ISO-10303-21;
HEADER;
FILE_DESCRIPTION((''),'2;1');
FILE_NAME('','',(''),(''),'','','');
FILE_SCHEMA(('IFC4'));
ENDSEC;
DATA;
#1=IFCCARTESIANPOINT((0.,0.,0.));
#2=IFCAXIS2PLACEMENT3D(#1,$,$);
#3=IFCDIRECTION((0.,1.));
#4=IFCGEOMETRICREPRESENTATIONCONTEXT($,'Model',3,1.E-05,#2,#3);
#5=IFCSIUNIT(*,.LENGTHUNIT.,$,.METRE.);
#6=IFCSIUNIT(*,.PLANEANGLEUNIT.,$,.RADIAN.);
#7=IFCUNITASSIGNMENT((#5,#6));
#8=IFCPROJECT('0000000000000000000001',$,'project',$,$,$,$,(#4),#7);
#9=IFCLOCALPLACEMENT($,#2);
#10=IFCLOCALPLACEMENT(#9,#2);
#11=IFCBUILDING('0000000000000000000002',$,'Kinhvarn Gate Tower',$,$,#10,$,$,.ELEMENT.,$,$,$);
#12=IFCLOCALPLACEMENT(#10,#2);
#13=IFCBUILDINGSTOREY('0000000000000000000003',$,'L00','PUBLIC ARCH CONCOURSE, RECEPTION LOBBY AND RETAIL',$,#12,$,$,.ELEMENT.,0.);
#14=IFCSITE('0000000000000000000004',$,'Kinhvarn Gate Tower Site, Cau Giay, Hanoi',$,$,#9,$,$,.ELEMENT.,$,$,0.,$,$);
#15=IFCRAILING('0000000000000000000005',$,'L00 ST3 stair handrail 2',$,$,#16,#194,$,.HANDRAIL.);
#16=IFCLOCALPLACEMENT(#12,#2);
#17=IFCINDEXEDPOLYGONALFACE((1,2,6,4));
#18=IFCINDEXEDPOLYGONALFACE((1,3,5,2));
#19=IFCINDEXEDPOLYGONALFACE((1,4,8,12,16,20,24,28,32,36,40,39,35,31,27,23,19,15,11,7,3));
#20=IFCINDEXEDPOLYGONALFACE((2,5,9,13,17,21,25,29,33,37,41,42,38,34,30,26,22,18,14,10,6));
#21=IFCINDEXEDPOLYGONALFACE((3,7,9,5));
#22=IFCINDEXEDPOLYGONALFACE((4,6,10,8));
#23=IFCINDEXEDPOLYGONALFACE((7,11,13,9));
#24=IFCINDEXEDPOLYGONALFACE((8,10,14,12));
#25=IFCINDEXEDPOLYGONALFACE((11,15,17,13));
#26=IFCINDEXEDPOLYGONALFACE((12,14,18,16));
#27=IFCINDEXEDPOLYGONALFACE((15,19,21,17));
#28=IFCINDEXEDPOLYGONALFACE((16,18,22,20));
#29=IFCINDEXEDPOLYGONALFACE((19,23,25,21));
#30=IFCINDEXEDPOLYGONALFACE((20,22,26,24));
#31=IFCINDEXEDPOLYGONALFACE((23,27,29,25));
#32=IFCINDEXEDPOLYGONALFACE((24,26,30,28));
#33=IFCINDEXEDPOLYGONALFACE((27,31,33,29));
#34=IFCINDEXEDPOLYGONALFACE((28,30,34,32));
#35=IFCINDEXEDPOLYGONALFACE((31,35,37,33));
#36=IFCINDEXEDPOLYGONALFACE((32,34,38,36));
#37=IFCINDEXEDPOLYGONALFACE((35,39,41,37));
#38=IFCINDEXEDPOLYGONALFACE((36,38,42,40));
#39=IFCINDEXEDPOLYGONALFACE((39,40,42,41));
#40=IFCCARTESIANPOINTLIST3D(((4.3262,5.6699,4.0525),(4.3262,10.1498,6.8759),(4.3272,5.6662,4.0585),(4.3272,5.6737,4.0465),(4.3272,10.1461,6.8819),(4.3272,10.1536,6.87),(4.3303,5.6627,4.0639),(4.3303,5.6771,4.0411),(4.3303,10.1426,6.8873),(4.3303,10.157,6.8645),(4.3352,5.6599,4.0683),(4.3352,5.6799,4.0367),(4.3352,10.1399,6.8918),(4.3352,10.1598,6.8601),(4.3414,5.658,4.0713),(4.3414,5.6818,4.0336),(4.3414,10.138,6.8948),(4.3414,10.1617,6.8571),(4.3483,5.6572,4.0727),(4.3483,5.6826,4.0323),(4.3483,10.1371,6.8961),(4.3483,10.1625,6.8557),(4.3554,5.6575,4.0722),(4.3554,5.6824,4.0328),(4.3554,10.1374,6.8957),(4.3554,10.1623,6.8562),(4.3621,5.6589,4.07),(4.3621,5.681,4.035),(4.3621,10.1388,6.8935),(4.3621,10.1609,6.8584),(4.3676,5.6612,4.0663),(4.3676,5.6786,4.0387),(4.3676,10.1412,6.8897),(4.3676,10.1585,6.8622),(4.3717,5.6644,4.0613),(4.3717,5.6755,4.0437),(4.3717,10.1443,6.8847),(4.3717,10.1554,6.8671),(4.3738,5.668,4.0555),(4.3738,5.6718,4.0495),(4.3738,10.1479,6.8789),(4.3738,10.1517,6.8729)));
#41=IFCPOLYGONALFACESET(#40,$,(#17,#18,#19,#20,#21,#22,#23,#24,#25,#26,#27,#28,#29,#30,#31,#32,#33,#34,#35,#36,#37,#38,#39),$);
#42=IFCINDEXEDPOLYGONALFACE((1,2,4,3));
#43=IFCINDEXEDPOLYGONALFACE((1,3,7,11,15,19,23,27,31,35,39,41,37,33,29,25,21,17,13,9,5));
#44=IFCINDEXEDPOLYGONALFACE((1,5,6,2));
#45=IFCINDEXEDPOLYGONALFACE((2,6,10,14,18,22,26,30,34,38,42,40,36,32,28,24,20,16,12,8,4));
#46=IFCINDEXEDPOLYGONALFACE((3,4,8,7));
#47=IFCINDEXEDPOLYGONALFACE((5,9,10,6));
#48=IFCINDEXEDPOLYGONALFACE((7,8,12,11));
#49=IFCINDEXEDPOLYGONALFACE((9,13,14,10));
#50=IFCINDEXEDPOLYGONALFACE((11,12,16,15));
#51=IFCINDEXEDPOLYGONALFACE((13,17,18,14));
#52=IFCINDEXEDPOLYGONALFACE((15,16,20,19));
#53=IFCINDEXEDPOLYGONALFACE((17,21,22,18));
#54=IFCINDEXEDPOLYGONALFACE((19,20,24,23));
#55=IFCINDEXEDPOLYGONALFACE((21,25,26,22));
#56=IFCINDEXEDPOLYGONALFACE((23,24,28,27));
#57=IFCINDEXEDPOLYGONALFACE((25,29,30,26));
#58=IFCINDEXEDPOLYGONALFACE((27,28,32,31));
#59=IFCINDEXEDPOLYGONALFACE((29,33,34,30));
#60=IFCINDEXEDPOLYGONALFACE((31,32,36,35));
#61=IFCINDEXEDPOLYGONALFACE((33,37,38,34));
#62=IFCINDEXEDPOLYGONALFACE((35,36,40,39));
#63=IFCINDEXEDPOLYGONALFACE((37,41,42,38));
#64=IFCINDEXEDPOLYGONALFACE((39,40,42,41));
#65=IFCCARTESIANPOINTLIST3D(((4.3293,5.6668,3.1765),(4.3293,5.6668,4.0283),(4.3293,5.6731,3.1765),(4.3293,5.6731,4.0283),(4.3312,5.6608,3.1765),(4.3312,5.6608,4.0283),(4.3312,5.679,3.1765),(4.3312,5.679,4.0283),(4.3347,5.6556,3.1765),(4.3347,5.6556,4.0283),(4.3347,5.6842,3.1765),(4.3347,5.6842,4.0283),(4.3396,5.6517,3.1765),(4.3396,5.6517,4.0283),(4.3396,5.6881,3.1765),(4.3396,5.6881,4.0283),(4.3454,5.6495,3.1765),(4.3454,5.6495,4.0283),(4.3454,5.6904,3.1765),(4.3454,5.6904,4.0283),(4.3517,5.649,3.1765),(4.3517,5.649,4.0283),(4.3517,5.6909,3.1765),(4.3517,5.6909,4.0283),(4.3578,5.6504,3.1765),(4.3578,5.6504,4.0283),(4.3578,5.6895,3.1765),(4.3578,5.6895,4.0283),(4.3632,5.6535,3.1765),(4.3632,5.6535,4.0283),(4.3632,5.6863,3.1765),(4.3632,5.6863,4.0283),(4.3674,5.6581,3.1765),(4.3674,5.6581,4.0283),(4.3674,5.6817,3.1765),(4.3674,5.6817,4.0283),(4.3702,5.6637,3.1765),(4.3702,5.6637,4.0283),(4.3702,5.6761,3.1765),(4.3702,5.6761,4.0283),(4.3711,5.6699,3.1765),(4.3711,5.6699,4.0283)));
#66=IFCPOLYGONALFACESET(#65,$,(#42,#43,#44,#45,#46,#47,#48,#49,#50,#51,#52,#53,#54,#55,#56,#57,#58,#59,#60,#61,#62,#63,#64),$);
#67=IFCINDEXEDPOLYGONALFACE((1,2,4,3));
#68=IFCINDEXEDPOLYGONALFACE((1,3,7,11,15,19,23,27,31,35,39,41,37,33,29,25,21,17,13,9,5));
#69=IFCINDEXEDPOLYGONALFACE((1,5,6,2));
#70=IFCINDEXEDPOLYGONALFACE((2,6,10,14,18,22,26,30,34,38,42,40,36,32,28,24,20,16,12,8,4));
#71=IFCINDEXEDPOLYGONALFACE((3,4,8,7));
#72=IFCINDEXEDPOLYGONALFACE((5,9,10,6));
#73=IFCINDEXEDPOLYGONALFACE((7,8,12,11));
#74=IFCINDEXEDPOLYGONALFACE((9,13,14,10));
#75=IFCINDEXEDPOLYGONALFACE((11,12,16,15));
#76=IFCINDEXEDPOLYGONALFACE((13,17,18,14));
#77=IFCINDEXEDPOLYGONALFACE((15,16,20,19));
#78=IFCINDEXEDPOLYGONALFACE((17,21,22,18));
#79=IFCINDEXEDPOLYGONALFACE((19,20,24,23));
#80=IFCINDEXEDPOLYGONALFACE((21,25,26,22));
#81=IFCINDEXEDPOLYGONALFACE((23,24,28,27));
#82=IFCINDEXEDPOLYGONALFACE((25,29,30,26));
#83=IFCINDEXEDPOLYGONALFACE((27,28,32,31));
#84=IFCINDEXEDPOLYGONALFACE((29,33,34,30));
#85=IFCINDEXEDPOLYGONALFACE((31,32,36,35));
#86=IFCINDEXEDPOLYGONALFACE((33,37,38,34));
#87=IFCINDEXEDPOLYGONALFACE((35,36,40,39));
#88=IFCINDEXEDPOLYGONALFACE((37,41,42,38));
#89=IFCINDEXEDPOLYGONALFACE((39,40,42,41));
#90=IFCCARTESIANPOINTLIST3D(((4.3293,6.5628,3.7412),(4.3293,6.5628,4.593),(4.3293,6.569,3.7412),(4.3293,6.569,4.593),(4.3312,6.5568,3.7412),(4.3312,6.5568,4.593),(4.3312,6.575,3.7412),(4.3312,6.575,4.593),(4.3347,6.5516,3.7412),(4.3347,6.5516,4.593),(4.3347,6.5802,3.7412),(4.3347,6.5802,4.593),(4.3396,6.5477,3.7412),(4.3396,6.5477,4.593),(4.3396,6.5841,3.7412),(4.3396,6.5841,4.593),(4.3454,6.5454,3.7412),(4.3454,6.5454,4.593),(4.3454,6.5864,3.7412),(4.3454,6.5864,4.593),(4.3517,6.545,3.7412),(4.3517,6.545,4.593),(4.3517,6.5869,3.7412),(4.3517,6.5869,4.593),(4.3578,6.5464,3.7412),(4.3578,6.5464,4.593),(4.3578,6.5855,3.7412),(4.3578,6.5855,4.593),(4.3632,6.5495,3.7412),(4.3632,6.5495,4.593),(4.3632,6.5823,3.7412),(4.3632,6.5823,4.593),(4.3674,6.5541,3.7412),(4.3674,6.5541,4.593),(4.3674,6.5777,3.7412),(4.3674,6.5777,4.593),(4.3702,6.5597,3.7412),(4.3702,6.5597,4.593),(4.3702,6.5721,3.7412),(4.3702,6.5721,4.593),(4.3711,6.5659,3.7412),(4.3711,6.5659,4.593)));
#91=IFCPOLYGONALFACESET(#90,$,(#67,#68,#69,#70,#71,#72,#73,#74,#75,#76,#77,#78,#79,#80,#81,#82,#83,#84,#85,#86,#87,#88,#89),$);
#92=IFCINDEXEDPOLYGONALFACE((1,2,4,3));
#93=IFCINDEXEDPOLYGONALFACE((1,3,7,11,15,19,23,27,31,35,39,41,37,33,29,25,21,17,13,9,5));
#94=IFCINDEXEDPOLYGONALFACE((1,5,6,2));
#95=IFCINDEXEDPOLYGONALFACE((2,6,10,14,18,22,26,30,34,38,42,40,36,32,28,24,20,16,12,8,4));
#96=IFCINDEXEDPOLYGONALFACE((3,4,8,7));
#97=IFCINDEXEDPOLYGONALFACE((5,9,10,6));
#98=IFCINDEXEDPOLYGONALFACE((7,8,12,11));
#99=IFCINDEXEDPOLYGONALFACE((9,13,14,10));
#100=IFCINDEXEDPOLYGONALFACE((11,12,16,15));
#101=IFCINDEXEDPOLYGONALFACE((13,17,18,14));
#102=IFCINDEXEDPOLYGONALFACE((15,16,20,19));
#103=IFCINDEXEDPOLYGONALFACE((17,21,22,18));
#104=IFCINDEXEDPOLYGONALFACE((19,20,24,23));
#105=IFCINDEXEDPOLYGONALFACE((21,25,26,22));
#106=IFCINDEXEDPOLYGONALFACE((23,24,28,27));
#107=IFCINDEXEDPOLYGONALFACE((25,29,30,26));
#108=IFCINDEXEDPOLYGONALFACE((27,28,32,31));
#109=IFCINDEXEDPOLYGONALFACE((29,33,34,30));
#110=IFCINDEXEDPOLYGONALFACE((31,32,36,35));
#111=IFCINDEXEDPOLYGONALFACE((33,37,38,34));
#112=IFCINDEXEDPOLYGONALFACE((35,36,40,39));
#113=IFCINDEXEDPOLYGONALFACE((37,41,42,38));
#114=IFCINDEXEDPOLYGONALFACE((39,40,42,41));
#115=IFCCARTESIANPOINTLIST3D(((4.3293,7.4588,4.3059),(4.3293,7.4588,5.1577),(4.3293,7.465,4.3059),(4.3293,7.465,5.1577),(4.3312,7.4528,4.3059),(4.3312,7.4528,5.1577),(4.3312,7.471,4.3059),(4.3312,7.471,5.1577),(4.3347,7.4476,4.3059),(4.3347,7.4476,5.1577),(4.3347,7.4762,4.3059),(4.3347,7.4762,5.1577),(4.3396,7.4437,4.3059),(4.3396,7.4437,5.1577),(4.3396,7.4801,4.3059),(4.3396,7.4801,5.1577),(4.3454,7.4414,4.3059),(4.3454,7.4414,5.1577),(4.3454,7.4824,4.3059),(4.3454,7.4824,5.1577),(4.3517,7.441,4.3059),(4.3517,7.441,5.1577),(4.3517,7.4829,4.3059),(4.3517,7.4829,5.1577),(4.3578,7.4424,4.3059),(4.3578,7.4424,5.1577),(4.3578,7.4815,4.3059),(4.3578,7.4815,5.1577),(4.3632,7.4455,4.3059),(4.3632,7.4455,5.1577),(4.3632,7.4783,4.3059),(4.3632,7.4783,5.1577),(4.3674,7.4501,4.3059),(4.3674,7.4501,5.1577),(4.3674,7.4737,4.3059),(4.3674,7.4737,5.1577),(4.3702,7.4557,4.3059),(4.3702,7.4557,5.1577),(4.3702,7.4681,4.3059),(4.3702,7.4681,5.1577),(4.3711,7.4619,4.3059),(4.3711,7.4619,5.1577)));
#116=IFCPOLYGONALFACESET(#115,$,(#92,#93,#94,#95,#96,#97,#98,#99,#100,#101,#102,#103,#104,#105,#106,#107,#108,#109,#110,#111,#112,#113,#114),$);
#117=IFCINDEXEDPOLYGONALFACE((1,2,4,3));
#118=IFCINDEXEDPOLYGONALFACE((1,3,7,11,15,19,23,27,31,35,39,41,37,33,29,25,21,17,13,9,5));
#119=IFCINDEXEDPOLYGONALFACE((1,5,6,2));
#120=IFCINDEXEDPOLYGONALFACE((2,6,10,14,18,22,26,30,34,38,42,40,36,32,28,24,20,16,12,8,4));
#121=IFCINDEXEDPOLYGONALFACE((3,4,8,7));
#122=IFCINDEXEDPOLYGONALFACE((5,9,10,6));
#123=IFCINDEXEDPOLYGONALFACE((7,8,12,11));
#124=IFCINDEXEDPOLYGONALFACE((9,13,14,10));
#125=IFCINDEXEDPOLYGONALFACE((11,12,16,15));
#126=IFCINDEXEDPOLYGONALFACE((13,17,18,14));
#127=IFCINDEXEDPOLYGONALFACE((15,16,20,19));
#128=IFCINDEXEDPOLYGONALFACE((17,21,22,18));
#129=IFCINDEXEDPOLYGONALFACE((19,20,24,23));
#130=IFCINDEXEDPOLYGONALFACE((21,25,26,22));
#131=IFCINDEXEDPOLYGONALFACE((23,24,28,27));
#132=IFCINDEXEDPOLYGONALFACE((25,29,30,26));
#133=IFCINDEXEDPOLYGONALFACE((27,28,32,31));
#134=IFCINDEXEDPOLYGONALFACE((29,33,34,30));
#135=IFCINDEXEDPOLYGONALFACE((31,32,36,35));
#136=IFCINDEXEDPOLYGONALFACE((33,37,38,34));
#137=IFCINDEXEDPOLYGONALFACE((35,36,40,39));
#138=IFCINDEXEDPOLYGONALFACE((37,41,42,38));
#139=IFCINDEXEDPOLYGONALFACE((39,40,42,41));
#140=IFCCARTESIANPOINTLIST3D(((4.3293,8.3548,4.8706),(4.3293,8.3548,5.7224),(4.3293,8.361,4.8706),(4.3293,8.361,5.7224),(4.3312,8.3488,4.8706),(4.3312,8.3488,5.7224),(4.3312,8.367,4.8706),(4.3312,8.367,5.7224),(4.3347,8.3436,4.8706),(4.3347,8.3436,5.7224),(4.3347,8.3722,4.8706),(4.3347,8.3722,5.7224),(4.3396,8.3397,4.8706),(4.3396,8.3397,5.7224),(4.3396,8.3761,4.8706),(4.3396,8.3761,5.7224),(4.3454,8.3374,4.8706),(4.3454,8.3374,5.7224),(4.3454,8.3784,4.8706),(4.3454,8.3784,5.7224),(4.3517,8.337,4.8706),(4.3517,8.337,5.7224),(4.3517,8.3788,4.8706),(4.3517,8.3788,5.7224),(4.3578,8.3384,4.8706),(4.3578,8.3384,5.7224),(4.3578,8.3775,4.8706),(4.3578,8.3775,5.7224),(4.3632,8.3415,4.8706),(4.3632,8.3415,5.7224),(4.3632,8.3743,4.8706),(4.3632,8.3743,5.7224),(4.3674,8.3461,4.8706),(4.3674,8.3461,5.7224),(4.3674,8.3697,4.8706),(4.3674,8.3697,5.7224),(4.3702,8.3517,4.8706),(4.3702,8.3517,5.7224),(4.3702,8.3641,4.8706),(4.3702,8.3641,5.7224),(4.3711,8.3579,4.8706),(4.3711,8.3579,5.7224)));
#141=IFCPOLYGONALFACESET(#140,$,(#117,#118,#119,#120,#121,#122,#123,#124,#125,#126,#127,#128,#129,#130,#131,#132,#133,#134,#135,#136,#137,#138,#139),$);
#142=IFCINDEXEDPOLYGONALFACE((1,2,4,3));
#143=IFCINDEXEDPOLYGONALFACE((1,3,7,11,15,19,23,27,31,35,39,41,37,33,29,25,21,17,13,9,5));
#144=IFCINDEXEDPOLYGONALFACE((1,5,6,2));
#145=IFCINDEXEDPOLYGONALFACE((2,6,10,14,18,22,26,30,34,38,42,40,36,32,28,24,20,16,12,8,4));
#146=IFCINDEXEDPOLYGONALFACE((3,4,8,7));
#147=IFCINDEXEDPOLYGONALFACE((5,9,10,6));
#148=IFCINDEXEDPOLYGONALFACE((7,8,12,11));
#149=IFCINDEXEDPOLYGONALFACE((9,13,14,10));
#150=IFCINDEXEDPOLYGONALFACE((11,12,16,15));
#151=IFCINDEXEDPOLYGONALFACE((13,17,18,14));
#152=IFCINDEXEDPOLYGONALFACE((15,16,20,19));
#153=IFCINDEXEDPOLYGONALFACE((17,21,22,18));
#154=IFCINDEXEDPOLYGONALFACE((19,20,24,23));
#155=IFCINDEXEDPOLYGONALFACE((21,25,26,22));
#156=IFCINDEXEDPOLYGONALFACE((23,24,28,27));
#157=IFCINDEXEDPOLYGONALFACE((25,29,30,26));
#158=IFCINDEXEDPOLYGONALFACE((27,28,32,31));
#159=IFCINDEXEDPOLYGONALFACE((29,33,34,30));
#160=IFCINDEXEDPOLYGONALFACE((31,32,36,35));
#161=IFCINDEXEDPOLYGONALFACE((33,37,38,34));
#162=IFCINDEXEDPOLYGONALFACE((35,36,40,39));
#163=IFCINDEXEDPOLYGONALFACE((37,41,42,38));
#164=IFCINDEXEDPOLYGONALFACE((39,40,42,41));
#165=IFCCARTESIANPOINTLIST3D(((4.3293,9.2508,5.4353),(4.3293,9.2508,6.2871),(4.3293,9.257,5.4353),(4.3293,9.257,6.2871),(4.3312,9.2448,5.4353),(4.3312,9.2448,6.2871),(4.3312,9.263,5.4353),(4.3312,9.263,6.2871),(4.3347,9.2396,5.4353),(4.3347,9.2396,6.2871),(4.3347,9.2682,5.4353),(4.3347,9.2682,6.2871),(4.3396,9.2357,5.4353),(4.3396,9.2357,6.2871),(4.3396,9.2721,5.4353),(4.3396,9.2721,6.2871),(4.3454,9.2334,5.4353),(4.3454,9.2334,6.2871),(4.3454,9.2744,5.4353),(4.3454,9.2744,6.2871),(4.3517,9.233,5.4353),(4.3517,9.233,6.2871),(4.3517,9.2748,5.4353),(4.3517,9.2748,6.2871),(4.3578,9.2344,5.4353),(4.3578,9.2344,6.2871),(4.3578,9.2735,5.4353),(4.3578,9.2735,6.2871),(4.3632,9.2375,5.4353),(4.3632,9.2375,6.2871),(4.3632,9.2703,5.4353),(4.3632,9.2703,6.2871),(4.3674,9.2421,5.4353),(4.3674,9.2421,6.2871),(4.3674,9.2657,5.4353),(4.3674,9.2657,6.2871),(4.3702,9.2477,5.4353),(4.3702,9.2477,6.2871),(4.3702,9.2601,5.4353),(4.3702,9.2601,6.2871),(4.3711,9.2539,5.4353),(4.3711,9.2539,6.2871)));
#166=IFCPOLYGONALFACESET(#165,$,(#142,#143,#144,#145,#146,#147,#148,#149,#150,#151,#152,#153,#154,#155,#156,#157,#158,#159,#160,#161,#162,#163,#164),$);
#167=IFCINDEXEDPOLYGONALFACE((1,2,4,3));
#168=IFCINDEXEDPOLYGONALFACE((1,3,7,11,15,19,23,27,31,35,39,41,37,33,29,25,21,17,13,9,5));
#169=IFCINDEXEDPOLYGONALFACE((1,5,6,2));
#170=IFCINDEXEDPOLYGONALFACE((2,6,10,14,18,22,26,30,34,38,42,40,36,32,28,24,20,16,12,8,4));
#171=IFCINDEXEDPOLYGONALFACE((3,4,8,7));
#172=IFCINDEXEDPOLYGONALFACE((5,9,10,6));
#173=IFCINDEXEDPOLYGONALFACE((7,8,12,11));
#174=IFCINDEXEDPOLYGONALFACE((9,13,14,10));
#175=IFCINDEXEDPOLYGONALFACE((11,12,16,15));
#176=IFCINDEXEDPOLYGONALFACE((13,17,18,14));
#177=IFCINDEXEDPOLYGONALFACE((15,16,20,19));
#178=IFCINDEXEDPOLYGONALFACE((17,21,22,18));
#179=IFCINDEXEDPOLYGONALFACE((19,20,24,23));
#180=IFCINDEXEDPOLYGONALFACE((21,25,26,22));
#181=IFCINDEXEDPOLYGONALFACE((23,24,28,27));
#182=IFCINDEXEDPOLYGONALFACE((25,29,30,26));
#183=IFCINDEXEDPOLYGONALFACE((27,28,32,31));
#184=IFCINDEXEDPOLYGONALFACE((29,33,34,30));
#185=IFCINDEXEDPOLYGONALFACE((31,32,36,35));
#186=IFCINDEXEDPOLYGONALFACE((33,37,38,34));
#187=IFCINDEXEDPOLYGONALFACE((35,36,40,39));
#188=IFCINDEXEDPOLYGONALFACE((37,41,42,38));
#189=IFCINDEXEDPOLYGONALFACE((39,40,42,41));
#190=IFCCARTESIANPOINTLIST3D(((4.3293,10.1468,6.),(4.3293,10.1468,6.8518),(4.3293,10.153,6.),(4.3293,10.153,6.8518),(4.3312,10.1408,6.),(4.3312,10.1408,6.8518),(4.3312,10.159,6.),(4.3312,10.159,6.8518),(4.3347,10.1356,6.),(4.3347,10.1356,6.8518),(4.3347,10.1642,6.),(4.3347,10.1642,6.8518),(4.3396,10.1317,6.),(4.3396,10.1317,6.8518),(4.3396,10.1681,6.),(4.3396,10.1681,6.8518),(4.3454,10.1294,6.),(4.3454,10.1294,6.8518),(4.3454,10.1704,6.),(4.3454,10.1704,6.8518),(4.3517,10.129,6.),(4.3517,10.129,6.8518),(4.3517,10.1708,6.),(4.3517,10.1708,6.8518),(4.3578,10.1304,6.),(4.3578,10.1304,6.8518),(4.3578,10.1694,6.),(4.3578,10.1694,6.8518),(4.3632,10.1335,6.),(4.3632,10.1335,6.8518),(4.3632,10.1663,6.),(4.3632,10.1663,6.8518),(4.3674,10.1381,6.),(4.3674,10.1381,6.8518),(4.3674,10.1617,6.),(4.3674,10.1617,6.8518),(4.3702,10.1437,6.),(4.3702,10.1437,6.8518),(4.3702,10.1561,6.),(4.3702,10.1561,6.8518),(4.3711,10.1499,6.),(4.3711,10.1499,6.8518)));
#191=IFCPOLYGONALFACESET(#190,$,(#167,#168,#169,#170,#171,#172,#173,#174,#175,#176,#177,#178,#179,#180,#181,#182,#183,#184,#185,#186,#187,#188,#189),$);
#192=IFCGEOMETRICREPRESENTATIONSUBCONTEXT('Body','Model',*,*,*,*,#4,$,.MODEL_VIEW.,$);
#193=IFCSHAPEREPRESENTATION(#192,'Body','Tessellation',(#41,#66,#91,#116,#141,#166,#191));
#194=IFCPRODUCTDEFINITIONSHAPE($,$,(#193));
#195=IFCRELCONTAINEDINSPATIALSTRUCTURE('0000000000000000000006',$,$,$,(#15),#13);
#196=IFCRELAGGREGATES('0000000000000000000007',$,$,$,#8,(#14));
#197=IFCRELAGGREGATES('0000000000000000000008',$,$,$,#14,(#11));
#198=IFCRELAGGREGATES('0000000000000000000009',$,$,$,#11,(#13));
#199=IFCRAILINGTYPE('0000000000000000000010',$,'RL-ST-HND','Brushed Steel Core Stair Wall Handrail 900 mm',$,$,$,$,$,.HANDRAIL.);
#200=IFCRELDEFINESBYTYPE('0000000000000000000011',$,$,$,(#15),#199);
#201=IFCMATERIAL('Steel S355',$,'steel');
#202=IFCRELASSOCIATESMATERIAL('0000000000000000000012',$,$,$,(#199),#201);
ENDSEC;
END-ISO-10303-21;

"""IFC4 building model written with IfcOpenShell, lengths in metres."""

from ifc_helpers import new_model, si_unit, direction, frame, origin, origin_2d, place, context, subcontext, project, spatial, circle, extrude, material, type_object, element, save


model = new_model("IFC4")

# Units and contexts
model_context = context("Model", 3, precision=1e-05, world=origin(), true_north=direction((0.0, 1.0)))
body_context = subcontext(model_context, "Body", "Model", "MODEL_VIEW")
ifc_project = project(units=[si_unit("LENGTHUNIT", "METRE"), si_unit("PLANEANGLEUNIT", "RADIAN")], contexts=[model_context])

# Site, building, storey
site_placement = place(None, origin())
site = spatial("IfcSite", under=ifc_project, at=site_placement, Name="Kinhvarn Gate Tower Site, Cau Giay, Hanoi", CompositionType="ELEMENT", RefElevation=0.0)
building_placement = place(site_placement, origin())
building = spatial("IfcBuilding", under=site, at=building_placement, Name="Kinhvarn Gate Tower", CompositionType="ELEMENT")
storey_placement = place(building_placement, origin())
storey = spatial("IfcBuildingStorey", under=building, at=storey_placement, Name="L00", Description="PUBLIC ARCH CONCOURSE, RECEPTION LOBBY AND RETAIL", CompositionType="ELEMENT", Elevation=0.0)

# Railing
ifc_material_1 = material(Name="Steel S355", Category="steel")
railing_type_1 = type_object("IfcRailingType", Name="RL-ST-HND", Description="Brushed Steel Core Stair Wall Handrail 900 mm", PredefinedType="HANDRAIL", material=ifc_material_1)
railing_1_placement = place(storey_placement, frame((4.3501, 5.6699, 3.1765)))
element("IfcRailing", 1, at=railing_1_placement, inside=storey, type_object=railing_type_1, Name="L00 ST3 stair handrail 2", PredefinedType="HANDRAIL", context=body_context, shape_type="SweptSolid", body=[
    extrude(circle(Radius=0.0239, at=origin_2d()), frame((0.0, 0.0, 0.876), z_axis=(0.0, 0.845998, 0.533186), x_axis=(-1.0, 0.0, 0.0)), (0.0, 0.0, 1.0), 5.2954),
    extrude(circle(Radius=0.021, at=origin_2d()), origin(), (0.0, 0.0, 1.0), 0.8518),
    extrude(circle(Radius=0.021, at=origin_2d()), frame((0.0, 0.896, 0.5647)), (0.0, 0.0, 1.0), 0.8518),
    extrude(circle(Radius=0.021, at=origin_2d()), frame((0.0, 1.792, 1.1294)), (0.0, 0.0, 1.0), 0.8518),
    extrude(circle(Radius=0.021, at=origin_2d()), frame((0.0, 2.688, 1.6941)), (0.0, 0.0, 1.0), 0.8518),
    extrude(circle(Radius=0.021, at=origin_2d()), frame((0.0, 3.584, 2.2588)), (0.0, 0.0, 1.0), 0.8518),
    extrude(circle(Radius=0.021, at=origin_2d()), frame((0.0, 4.48, 2.8235)), (0.0, 0.0, 1.0), 0.8518),
])

save(model, "model.ifc")
